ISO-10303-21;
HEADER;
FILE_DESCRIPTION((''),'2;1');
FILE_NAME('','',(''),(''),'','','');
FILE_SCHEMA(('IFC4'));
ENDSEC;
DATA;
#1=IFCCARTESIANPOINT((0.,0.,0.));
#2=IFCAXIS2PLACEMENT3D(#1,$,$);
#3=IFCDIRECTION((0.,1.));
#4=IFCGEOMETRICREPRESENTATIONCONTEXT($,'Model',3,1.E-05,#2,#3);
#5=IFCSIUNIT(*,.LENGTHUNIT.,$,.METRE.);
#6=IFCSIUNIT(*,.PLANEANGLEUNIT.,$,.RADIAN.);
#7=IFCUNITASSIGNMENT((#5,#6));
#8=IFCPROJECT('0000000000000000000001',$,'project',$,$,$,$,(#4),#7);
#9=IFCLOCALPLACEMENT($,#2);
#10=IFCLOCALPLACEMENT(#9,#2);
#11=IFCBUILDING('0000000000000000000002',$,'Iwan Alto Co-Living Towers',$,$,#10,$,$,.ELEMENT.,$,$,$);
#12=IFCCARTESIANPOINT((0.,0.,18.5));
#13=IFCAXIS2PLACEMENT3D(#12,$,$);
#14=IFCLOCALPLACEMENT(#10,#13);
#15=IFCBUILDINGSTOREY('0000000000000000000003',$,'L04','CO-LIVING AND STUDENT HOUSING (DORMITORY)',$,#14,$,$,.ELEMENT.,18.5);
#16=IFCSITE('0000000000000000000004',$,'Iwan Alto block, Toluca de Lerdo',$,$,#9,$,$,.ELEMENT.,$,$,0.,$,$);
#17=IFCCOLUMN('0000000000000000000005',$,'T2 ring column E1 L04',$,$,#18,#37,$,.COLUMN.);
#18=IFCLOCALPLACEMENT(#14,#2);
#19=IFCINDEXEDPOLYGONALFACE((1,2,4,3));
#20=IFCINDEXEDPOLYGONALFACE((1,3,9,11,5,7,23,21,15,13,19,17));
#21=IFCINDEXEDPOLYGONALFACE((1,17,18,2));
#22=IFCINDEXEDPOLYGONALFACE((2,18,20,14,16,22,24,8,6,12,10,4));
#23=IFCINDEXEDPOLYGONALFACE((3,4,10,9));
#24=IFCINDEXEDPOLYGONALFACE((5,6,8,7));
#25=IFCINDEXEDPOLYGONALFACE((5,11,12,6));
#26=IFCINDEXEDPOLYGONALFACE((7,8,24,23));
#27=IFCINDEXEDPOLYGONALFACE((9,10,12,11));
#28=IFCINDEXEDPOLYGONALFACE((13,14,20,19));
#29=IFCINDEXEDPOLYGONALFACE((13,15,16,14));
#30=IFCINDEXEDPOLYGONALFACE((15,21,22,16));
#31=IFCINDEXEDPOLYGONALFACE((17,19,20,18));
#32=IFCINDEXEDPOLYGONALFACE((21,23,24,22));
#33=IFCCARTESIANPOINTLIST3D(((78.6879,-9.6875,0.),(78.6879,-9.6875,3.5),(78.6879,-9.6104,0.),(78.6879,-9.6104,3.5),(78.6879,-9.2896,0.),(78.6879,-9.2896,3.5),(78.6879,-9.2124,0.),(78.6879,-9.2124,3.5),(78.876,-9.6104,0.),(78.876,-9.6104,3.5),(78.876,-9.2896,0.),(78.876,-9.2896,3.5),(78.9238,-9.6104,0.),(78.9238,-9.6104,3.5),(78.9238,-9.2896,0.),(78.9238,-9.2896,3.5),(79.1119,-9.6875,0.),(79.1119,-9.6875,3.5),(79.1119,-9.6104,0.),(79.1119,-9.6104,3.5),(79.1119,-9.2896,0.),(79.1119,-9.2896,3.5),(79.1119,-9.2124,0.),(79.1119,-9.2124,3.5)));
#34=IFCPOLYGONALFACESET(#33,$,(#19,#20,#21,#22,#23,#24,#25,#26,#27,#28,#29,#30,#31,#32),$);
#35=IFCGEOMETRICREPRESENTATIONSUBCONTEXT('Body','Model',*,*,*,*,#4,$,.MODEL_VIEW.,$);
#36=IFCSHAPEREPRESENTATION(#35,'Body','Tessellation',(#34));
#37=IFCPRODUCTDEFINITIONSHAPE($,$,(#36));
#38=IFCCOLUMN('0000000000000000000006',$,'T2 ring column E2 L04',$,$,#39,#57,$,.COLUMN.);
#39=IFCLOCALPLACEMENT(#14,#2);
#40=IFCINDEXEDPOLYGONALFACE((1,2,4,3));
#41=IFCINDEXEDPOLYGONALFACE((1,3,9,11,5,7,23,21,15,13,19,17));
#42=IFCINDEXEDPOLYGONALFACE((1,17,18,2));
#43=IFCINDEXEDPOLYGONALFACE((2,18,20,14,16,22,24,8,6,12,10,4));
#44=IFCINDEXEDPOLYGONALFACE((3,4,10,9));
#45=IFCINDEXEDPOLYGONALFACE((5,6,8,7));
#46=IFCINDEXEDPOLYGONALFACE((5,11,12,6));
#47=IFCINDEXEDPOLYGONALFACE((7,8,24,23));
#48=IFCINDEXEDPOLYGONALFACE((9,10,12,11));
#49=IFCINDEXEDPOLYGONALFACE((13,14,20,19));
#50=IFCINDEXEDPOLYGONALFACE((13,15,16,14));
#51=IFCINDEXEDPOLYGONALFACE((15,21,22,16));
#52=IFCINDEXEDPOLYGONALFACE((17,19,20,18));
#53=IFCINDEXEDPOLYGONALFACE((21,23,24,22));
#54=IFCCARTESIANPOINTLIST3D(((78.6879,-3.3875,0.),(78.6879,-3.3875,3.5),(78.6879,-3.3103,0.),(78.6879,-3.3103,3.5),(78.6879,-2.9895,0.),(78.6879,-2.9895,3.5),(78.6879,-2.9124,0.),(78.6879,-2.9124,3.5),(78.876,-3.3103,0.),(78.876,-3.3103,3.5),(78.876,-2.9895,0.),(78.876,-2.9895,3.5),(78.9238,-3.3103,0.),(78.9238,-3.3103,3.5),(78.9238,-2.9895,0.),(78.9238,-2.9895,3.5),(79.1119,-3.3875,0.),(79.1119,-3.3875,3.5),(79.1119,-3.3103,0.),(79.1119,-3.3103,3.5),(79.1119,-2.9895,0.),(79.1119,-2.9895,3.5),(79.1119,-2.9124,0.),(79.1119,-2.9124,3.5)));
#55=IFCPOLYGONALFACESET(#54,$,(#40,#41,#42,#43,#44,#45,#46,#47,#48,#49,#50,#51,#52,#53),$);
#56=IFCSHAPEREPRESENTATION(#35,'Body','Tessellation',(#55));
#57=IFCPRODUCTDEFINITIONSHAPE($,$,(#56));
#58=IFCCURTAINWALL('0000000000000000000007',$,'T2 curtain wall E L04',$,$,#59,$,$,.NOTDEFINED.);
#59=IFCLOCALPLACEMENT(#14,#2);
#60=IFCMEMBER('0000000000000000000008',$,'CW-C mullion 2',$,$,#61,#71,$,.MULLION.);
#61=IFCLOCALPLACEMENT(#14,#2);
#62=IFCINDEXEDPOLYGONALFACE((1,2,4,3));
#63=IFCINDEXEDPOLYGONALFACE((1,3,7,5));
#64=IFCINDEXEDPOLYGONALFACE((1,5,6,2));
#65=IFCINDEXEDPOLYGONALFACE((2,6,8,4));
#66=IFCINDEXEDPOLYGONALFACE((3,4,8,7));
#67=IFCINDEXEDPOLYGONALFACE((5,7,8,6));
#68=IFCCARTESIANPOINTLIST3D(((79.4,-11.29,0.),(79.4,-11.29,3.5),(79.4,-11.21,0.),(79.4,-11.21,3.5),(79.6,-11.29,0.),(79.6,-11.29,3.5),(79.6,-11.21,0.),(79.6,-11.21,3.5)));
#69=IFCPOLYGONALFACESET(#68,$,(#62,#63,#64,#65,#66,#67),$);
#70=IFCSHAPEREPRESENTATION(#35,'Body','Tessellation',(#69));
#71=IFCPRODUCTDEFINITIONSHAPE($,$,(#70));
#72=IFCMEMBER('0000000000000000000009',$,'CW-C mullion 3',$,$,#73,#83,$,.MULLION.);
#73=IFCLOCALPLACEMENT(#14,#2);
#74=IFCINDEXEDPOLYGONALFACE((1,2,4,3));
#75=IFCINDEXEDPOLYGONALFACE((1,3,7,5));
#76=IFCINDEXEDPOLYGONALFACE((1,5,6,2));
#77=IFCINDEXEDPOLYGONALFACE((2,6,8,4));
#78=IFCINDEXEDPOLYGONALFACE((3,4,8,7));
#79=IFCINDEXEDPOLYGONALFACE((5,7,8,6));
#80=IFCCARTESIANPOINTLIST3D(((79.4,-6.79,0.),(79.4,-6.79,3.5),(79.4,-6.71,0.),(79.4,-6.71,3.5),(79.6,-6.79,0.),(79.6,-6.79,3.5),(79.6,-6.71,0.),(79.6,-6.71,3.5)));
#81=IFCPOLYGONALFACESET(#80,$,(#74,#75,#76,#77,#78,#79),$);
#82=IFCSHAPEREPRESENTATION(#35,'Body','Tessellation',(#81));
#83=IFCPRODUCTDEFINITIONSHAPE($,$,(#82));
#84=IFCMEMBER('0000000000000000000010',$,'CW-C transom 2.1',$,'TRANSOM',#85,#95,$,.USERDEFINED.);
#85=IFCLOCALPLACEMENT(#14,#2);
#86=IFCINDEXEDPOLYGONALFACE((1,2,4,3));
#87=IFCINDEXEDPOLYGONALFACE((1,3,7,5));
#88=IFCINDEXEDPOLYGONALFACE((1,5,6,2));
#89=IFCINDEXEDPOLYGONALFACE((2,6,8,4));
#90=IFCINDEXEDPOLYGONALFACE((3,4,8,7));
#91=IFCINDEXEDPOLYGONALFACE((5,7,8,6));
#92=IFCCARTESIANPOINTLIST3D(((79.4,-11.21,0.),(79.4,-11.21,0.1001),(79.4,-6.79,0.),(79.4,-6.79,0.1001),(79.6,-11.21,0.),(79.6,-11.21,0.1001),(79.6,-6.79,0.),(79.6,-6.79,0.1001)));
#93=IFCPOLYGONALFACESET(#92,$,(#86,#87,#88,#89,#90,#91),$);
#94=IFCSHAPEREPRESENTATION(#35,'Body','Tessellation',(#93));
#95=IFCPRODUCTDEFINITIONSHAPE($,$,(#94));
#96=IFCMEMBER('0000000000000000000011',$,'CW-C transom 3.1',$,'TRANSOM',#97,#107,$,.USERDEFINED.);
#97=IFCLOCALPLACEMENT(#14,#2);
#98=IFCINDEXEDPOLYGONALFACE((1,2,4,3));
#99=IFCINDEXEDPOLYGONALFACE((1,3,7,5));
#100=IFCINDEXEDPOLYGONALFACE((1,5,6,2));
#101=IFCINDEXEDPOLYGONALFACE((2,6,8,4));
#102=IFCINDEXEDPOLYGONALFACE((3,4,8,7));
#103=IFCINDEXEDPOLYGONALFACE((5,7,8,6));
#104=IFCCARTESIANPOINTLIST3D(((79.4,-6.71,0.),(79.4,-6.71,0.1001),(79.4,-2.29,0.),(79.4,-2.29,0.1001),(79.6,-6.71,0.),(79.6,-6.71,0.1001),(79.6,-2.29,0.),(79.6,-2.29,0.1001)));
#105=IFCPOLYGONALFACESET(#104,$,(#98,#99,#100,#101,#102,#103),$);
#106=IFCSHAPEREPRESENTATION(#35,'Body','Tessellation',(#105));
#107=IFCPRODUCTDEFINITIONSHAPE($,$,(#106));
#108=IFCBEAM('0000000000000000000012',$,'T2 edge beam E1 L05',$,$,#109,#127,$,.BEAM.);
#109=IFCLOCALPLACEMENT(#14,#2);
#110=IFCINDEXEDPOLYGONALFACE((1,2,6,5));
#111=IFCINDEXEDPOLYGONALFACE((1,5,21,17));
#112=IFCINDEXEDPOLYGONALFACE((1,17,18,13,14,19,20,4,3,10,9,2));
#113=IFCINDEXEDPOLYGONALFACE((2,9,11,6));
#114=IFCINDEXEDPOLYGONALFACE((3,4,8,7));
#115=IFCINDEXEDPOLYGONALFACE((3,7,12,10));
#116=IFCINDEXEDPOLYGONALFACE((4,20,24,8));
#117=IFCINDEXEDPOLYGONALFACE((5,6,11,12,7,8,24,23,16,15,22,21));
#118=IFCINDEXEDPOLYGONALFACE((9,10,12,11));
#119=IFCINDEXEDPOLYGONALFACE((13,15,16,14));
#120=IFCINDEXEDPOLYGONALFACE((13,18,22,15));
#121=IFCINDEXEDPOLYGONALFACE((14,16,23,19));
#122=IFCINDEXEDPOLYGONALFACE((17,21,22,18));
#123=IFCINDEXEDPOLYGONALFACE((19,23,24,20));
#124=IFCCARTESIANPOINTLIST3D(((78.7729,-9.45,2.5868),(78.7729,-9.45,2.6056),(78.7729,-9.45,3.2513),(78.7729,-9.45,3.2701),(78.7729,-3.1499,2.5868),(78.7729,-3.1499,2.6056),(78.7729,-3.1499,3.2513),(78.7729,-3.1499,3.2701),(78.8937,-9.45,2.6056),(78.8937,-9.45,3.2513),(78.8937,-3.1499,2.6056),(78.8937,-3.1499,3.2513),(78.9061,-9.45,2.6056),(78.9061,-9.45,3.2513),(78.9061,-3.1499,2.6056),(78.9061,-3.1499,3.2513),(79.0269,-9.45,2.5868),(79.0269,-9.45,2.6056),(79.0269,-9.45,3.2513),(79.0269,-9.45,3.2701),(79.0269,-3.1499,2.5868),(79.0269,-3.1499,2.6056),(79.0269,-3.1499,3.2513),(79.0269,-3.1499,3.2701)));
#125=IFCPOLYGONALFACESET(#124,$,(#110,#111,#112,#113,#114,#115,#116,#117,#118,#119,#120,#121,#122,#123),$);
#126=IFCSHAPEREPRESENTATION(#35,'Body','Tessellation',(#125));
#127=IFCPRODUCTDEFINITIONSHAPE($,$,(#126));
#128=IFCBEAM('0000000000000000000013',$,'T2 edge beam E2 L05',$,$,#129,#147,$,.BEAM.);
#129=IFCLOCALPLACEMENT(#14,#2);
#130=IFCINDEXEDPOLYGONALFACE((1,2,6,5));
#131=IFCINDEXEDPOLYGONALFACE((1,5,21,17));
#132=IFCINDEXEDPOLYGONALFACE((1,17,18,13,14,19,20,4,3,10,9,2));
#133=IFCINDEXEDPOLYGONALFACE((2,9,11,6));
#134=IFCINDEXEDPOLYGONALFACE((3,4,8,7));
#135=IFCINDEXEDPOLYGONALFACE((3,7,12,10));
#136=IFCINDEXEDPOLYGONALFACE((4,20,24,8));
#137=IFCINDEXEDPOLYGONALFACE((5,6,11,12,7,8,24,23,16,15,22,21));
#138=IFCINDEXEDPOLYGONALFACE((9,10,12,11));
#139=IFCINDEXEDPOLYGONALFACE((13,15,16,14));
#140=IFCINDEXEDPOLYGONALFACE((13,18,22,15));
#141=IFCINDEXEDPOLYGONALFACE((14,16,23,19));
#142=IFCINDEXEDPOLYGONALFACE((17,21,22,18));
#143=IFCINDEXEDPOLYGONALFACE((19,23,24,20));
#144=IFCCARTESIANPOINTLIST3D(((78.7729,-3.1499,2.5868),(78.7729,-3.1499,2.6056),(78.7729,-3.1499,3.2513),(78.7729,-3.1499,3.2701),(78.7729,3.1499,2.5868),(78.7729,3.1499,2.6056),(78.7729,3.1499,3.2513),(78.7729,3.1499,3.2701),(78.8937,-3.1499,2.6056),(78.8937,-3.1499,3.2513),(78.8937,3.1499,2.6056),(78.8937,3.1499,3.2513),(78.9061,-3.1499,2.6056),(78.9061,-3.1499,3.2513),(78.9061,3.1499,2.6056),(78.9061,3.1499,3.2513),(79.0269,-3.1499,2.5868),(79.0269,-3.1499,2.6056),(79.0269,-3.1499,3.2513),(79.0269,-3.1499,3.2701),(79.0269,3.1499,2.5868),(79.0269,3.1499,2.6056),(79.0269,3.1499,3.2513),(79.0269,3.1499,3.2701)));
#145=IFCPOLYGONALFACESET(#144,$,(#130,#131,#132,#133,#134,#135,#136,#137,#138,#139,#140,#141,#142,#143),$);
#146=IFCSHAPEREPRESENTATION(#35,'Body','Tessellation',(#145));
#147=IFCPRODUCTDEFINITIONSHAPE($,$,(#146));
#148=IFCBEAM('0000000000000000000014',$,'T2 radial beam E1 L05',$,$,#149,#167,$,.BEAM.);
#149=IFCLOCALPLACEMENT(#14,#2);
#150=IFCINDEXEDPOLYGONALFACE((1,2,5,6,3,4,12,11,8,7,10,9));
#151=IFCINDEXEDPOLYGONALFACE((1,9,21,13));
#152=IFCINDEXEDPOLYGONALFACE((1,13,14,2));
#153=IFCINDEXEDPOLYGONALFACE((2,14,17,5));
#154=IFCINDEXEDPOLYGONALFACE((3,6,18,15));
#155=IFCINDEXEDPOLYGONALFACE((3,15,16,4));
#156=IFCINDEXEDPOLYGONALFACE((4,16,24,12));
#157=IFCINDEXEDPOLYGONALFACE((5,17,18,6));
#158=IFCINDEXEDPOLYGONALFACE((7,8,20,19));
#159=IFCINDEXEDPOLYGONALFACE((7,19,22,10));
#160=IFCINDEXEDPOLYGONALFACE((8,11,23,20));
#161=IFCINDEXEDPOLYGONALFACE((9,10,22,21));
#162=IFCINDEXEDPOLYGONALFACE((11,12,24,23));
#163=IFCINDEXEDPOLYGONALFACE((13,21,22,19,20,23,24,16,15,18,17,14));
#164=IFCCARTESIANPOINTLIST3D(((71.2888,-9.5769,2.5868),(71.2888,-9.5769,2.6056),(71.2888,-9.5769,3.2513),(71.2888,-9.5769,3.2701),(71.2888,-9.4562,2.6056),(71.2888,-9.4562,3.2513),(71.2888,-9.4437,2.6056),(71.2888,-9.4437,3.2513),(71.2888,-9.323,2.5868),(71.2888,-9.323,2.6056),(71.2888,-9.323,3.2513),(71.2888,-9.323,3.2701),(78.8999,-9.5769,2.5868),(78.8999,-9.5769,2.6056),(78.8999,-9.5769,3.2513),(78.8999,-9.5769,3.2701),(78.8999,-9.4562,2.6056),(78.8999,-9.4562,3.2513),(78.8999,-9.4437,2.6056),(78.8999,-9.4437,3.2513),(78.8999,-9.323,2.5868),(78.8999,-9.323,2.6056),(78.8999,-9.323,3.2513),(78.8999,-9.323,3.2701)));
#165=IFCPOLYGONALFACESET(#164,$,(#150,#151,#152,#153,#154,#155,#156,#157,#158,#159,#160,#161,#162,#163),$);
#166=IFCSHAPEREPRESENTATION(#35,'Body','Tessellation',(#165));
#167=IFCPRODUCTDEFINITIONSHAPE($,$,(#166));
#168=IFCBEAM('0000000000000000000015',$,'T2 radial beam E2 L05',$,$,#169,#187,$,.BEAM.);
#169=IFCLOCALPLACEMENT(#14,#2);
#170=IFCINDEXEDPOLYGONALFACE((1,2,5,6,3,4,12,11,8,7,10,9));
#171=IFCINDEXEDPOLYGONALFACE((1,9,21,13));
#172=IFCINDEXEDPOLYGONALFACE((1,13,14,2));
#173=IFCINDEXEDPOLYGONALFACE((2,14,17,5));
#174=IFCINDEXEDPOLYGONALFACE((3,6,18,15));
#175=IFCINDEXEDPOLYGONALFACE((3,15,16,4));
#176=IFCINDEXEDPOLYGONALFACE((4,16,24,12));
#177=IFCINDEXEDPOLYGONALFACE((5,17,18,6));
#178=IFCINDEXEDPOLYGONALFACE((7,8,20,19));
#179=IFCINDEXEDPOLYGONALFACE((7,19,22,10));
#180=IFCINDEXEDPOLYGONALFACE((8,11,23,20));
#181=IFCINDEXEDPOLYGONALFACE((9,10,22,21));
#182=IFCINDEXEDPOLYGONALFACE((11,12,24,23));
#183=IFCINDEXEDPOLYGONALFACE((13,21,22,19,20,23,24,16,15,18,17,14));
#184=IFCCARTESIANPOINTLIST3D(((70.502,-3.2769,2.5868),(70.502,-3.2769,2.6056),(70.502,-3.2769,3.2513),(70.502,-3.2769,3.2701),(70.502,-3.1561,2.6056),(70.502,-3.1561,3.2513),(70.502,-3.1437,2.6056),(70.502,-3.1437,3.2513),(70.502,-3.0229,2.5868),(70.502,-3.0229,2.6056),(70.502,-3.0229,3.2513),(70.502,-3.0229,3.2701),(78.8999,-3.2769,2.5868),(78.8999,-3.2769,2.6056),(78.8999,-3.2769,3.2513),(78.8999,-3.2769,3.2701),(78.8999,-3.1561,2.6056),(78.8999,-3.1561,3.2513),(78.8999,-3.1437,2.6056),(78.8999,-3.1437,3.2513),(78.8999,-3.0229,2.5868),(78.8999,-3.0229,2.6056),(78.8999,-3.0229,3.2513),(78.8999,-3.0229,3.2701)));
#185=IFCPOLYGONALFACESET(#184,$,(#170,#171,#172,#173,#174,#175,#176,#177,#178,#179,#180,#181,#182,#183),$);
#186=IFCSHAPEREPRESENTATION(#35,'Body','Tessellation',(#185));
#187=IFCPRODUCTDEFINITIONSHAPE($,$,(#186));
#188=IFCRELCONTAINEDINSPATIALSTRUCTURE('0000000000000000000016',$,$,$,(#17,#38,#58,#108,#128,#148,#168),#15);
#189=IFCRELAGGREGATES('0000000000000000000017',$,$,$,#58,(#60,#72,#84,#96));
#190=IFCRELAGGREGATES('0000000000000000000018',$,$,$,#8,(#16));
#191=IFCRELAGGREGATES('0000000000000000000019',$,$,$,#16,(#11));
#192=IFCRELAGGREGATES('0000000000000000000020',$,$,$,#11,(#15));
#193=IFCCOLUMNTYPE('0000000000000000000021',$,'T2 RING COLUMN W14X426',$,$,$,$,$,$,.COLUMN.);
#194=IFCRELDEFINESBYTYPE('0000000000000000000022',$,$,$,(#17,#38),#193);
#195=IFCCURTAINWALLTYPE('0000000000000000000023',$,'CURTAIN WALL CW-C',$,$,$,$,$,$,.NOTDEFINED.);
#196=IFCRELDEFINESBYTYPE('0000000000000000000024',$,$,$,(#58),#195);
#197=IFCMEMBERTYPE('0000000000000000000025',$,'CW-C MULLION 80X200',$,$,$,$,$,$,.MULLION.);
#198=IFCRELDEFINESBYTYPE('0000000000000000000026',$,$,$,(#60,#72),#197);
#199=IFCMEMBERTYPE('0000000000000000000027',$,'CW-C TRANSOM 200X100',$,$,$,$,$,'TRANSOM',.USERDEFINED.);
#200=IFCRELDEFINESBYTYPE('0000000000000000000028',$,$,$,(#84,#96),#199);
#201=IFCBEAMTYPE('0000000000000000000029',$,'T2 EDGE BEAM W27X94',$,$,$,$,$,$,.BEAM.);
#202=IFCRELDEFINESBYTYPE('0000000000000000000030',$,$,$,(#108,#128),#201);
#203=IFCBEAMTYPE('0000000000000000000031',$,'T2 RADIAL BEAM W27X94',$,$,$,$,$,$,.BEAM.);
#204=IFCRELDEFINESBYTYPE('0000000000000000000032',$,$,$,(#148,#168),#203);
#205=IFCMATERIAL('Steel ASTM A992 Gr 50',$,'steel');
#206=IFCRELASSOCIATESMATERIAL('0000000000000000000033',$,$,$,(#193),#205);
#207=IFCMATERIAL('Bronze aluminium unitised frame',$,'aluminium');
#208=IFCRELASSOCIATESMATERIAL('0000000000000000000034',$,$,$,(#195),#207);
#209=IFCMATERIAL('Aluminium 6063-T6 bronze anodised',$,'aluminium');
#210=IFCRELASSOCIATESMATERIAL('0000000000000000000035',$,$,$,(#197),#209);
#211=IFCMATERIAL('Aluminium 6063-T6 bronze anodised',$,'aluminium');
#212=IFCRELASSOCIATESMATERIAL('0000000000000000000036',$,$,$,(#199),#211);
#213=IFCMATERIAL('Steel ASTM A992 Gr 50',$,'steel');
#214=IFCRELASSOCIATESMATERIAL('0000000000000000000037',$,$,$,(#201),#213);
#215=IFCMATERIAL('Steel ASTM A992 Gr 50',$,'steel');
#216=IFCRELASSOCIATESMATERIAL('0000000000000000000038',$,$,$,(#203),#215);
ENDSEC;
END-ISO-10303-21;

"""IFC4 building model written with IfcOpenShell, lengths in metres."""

from ifc_helpers import new_model, si_unit, direction, frame, origin, origin_2d, place, context, subcontext, project, spatial, rectangle, i_section, extrude, material, material_profile, profile_set, type_object, element, aggregate, save


model = new_model("IFC4")

# Units and contexts
model_context = context("Model", 3, precision=1e-05, world=origin(), true_north=direction((0.0, 1.0)))
body_context = subcontext(model_context, "Body", "Model", "MODEL_VIEW")
ifc_project = project(units=[si_unit("LENGTHUNIT", "METRE"), si_unit("PLANEANGLEUNIT", "RADIAN")], contexts=[model_context])

# Site, building, storey
site_placement = place(None, origin())
site = spatial("IfcSite", under=ifc_project, at=site_placement, Name="Iwan Alto block, Toluca de Lerdo", CompositionType="ELEMENT", RefElevation=0.0)
building_placement = place(site_placement, origin())
building = spatial("IfcBuilding", under=site, at=building_placement, Name="Iwan Alto Co-Living Towers", CompositionType="ELEMENT")
storey_placement = place(building_placement, frame((0.0, 0.0, 18.5)))
storey = spatial("IfcBuildingStorey", under=building, at=storey_placement, Name="L04", Description="CO-LIVING AND STUDENT HOUSING (DORMITORY)", CompositionType="ELEMENT", Elevation=18.5)

# Columns
ifc_material_1 = material(Name="Steel ASTM A992 Gr 50", Category="steel")
ifc_material_profile_1 = material_profile(ifc_material_1, i_section(OverallWidth=0.4241, OverallDepth=0.4751, WebThickness=0.0479, FlangeThickness=0.0771, at=origin_2d()), Name="W14X426")
ifc_profile_set_1 = profile_set([ifc_material_profile_1], Name="Steel ASTM A992 Gr 50")
column_type = type_object("IfcColumnType", Name="T2 RING COLUMN W14X426", PredefinedType="COLUMN", material=ifc_profile_set_1)
for number, where, z_axis, x_axis, name in (
    (1, (78.8999, -9.45, 0.0), (0.0, 0.0, 1.0), (1.0, 0.0, 0.0), "T2 ring column E1 L04"),
    (2, (78.8999, -3.1499, 0.0), (0.0, 0.0, 1.0), (1.0, 0.0, 0.0), "T2 ring column E2 L04"),
):
    element("IfcColumn", number, at=place(storey_placement, frame(where, z_axis=z_axis, x_axis=x_axis)), inside=storey, type_object=column_type, Name=name, PredefinedType="COLUMN", context=body_context, shape_type="SweptSolid", body=[
        extrude(i_section(OverallWidth=0.4241, OverallDepth=0.4751, WebThickness=0.0479, FlangeThickness=0.0771, at=origin_2d()), origin(), (0.0, 0.0, 1.0), 3.5),
    ])

# Curtain wall, members
ifc_material_2 = material(Name="Bronze aluminium unitised frame", Category="aluminium")
curtain_wall_type = type_object("IfcCurtainWallType", Name="CURTAIN WALL CW-C", PredefinedType="NOTDEFINED", material=ifc_material_2)
curtain_wall_placement = place(storey_placement, origin())
curtain_wall = element("IfcCurtainWall", 3, at=curtain_wall_placement, inside=storey, type_object=curtain_wall_type, Name="T2 curtain wall E L04", PredefinedType="NOTDEFINED")
ifc_material_3 = material(Name="Aluminium 6063-T6 bronze anodised", Category="aluminium")
ifc_material_profile_2 = material_profile(ifc_material_3, rectangle(XDim=0.2, YDim=0.0801, at=origin_2d()), Name="AL 80X200")
ifc_profile_set_2 = profile_set([ifc_material_profile_2], Name="Aluminium 6063-T6 bronze anodised")
member_type_1 = type_object("IfcMemberType", Name="CW-C MULLION 80X200", PredefinedType="MULLION", material=ifc_profile_set_2)
member_1_placement = place(storey_placement, frame((79.5, -11.25, 0.0), z_axis=(0.0, 0.0, 1.0), x_axis=(-1.0, 0.0, 0.0)))
member_1 = element("IfcMember", 4, at=member_1_placement, type_object=member_type_1, Name="CW-C mullion 2", PredefinedType="MULLION", context=body_context, shape_type="SweptSolid", body=[
    extrude(rectangle(XDim=0.2, YDim=0.0801, at=origin_2d()), origin(), (0.0, 0.0, 1.0), 3.5),
])
member_2_placement = place(storey_placement, frame((79.5, -6.75, 0.0), z_axis=(0.0, 0.0, 1.0), x_axis=(-1.0, 0.0, 0.0)))
member_2 = element("IfcMember", 5, at=member_2_placement, type_object=member_type_1, Name="CW-C mullion 3", PredefinedType="MULLION", context=body_context, shape_type="SweptSolid", body=[
    extrude(rectangle(XDim=0.2, YDim=0.0801, at=origin_2d()), origin(), (0.0, 0.0, 1.0), 3.5),
])
ifc_material_4 = material(Name="Aluminium 6063-T6 bronze anodised", Category="aluminium")
ifc_material_profile_3 = material_profile(ifc_material_4, rectangle(XDim=0.2, YDim=0.1001, at=origin_2d()), Name="AL 200X100")
ifc_profile_set_3 = profile_set([ifc_material_profile_3], Name="Aluminium 6063-T6 bronze anodised")
member_type_2 = type_object("IfcMemberType", Name="CW-C TRANSOM 200X100", ElementType="TRANSOM", PredefinedType="USERDEFINED", material=ifc_profile_set_3)
member_3_placement = place(storey_placement, frame((79.5, -11.21, 0.05), z_axis=(0.0, 1.0, 0.0), x_axis=(-1.0, 0.0, 0.0)))
member_3 = element("IfcMember", 6, at=member_3_placement, type_object=member_type_2, Name="CW-C transom 2.1", ObjectType="TRANSOM", PredefinedType="USERDEFINED", context=body_context, shape_type="SweptSolid", body=[
    extrude(rectangle(XDim=0.2, YDim=0.1001, at=origin_2d()), origin(), (0.0, 0.0, 1.0), 4.4199),
])
member_4_placement = place(storey_placement, frame((79.5, -6.71, 0.05), z_axis=(0.0, 1.0, 0.0), x_axis=(-1.0, 0.0, 0.0)))
member_4 = element("IfcMember", 7, at=member_4_placement, type_object=member_type_2, Name="CW-C transom 3.1", ObjectType="TRANSOM", PredefinedType="USERDEFINED", context=body_context, shape_type="SweptSolid", body=[
    extrude(rectangle(XDim=0.2, YDim=0.1001, at=origin_2d()), origin(), (0.0, 0.0, 1.0), 4.4199),
])

# Beams
ifc_material_5 = material(Name="Steel ASTM A992 Gr 50", Category="steel")
ifc_material_profile_4 = material_profile(ifc_material_5, i_section(OverallWidth=0.2539, OverallDepth=0.6833, WebThickness=0.0125, FlangeThickness=0.0188, at=origin_2d()), Name="W27X94")
ifc_profile_set_4 = profile_set([ifc_material_profile_4], Name="Steel ASTM A992 Gr 50")
beam_type_1 = type_object("IfcBeamType", Name="T2 EDGE BEAM W27X94", PredefinedType="BEAM", material=ifc_profile_set_4)
beam_1_placement = place(storey_placement, frame((78.8999, -9.45, 2.9285), z_axis=(0.0, 1.0, 0.0), x_axis=(-1.0, 0.0, 0.0)))
element("IfcBeam", 8, at=beam_1_placement, inside=storey, type_object=beam_type_1, Name="T2 edge beam E1 L05", PredefinedType="BEAM", context=body_context, shape_type="SweptSolid", body=[
    extrude(i_section(OverallWidth=0.2539, OverallDepth=0.6833, WebThickness=0.0125, FlangeThickness=0.0188, at=origin_2d()), origin(), (0.0, 0.0, 1.0), 6.3),
])
beam_2_placement = place(storey_placement, frame((78.8999, -3.1499, 2.9285), z_axis=(0.0, 1.0, 0.0), x_axis=(-1.0, 0.0, 0.0)))
element("IfcBeam", 9, at=beam_2_placement, inside=storey, type_object=beam_type_1, Name="T2 edge beam E2 L05", PredefinedType="BEAM", context=body_context, shape_type="SweptSolid", body=[
    extrude(i_section(OverallWidth=0.2539, OverallDepth=0.6833, WebThickness=0.0125, FlangeThickness=0.0188, at=origin_2d()), origin(), (0.0, 0.0, 1.0), 6.2998),
])
ifc_material_6 = material(Name="Steel ASTM A992 Gr 50", Category="steel")
ifc_material_profile_5 = material_profile(ifc_material_6, i_section(OverallWidth=0.2539, OverallDepth=0.6833, WebThickness=0.0125, FlangeThickness=0.0188, at=origin_2d()), Name="W27X94")
ifc_profile_set_5 = profile_set([ifc_material_profile_5], Name="Steel ASTM A992 Gr 50")
beam_type_2 = type_object("IfcBeamType", Name="T2 RADIAL BEAM W27X94", PredefinedType="BEAM", material=ifc_profile_set_5)
beam_3_placement = place(storey_placement, frame((78.8999, -9.45, 2.9285), z_axis=(-1.0, 0.0, 0.0), x_axis=(0.0, -1.0, 0.0)))
element("IfcBeam", 10, at=beam_3_placement, inside=storey, type_object=beam_type_2, Name="T2 radial beam E1 L05", PredefinedType="BEAM", context=body_context, shape_type="SweptSolid", body=[
    extrude(i_section(OverallWidth=0.2539, OverallDepth=0.6833, WebThickness=0.0125, FlangeThickness=0.0188, at=origin_2d()), origin(), (0.0, 0.0, 1.0), 7.6111),
])
beam_4_placement = place(storey_placement, frame((78.8999, -3.1499, 2.9285), z_axis=(-1.0, 0.0, 0.0), x_axis=(0.0, -1.0, 0.0)))
element("IfcBeam", 11, at=beam_4_placement, inside=storey, type_object=beam_type_2, Name="T2 radial beam E2 L05", PredefinedType="BEAM", context=body_context, shape_type="SweptSolid", body=[
    extrude(i_section(OverallWidth=0.2539, OverallDepth=0.6833, WebThickness=0.0125, FlangeThickness=0.0188, at=origin_2d()), origin(), (0.0, 0.0, 1.0), 8.3979),
])

aggregate(curtain_wall, [member_1, member_2, member_3, member_4])

save(model, "model.ifc")
